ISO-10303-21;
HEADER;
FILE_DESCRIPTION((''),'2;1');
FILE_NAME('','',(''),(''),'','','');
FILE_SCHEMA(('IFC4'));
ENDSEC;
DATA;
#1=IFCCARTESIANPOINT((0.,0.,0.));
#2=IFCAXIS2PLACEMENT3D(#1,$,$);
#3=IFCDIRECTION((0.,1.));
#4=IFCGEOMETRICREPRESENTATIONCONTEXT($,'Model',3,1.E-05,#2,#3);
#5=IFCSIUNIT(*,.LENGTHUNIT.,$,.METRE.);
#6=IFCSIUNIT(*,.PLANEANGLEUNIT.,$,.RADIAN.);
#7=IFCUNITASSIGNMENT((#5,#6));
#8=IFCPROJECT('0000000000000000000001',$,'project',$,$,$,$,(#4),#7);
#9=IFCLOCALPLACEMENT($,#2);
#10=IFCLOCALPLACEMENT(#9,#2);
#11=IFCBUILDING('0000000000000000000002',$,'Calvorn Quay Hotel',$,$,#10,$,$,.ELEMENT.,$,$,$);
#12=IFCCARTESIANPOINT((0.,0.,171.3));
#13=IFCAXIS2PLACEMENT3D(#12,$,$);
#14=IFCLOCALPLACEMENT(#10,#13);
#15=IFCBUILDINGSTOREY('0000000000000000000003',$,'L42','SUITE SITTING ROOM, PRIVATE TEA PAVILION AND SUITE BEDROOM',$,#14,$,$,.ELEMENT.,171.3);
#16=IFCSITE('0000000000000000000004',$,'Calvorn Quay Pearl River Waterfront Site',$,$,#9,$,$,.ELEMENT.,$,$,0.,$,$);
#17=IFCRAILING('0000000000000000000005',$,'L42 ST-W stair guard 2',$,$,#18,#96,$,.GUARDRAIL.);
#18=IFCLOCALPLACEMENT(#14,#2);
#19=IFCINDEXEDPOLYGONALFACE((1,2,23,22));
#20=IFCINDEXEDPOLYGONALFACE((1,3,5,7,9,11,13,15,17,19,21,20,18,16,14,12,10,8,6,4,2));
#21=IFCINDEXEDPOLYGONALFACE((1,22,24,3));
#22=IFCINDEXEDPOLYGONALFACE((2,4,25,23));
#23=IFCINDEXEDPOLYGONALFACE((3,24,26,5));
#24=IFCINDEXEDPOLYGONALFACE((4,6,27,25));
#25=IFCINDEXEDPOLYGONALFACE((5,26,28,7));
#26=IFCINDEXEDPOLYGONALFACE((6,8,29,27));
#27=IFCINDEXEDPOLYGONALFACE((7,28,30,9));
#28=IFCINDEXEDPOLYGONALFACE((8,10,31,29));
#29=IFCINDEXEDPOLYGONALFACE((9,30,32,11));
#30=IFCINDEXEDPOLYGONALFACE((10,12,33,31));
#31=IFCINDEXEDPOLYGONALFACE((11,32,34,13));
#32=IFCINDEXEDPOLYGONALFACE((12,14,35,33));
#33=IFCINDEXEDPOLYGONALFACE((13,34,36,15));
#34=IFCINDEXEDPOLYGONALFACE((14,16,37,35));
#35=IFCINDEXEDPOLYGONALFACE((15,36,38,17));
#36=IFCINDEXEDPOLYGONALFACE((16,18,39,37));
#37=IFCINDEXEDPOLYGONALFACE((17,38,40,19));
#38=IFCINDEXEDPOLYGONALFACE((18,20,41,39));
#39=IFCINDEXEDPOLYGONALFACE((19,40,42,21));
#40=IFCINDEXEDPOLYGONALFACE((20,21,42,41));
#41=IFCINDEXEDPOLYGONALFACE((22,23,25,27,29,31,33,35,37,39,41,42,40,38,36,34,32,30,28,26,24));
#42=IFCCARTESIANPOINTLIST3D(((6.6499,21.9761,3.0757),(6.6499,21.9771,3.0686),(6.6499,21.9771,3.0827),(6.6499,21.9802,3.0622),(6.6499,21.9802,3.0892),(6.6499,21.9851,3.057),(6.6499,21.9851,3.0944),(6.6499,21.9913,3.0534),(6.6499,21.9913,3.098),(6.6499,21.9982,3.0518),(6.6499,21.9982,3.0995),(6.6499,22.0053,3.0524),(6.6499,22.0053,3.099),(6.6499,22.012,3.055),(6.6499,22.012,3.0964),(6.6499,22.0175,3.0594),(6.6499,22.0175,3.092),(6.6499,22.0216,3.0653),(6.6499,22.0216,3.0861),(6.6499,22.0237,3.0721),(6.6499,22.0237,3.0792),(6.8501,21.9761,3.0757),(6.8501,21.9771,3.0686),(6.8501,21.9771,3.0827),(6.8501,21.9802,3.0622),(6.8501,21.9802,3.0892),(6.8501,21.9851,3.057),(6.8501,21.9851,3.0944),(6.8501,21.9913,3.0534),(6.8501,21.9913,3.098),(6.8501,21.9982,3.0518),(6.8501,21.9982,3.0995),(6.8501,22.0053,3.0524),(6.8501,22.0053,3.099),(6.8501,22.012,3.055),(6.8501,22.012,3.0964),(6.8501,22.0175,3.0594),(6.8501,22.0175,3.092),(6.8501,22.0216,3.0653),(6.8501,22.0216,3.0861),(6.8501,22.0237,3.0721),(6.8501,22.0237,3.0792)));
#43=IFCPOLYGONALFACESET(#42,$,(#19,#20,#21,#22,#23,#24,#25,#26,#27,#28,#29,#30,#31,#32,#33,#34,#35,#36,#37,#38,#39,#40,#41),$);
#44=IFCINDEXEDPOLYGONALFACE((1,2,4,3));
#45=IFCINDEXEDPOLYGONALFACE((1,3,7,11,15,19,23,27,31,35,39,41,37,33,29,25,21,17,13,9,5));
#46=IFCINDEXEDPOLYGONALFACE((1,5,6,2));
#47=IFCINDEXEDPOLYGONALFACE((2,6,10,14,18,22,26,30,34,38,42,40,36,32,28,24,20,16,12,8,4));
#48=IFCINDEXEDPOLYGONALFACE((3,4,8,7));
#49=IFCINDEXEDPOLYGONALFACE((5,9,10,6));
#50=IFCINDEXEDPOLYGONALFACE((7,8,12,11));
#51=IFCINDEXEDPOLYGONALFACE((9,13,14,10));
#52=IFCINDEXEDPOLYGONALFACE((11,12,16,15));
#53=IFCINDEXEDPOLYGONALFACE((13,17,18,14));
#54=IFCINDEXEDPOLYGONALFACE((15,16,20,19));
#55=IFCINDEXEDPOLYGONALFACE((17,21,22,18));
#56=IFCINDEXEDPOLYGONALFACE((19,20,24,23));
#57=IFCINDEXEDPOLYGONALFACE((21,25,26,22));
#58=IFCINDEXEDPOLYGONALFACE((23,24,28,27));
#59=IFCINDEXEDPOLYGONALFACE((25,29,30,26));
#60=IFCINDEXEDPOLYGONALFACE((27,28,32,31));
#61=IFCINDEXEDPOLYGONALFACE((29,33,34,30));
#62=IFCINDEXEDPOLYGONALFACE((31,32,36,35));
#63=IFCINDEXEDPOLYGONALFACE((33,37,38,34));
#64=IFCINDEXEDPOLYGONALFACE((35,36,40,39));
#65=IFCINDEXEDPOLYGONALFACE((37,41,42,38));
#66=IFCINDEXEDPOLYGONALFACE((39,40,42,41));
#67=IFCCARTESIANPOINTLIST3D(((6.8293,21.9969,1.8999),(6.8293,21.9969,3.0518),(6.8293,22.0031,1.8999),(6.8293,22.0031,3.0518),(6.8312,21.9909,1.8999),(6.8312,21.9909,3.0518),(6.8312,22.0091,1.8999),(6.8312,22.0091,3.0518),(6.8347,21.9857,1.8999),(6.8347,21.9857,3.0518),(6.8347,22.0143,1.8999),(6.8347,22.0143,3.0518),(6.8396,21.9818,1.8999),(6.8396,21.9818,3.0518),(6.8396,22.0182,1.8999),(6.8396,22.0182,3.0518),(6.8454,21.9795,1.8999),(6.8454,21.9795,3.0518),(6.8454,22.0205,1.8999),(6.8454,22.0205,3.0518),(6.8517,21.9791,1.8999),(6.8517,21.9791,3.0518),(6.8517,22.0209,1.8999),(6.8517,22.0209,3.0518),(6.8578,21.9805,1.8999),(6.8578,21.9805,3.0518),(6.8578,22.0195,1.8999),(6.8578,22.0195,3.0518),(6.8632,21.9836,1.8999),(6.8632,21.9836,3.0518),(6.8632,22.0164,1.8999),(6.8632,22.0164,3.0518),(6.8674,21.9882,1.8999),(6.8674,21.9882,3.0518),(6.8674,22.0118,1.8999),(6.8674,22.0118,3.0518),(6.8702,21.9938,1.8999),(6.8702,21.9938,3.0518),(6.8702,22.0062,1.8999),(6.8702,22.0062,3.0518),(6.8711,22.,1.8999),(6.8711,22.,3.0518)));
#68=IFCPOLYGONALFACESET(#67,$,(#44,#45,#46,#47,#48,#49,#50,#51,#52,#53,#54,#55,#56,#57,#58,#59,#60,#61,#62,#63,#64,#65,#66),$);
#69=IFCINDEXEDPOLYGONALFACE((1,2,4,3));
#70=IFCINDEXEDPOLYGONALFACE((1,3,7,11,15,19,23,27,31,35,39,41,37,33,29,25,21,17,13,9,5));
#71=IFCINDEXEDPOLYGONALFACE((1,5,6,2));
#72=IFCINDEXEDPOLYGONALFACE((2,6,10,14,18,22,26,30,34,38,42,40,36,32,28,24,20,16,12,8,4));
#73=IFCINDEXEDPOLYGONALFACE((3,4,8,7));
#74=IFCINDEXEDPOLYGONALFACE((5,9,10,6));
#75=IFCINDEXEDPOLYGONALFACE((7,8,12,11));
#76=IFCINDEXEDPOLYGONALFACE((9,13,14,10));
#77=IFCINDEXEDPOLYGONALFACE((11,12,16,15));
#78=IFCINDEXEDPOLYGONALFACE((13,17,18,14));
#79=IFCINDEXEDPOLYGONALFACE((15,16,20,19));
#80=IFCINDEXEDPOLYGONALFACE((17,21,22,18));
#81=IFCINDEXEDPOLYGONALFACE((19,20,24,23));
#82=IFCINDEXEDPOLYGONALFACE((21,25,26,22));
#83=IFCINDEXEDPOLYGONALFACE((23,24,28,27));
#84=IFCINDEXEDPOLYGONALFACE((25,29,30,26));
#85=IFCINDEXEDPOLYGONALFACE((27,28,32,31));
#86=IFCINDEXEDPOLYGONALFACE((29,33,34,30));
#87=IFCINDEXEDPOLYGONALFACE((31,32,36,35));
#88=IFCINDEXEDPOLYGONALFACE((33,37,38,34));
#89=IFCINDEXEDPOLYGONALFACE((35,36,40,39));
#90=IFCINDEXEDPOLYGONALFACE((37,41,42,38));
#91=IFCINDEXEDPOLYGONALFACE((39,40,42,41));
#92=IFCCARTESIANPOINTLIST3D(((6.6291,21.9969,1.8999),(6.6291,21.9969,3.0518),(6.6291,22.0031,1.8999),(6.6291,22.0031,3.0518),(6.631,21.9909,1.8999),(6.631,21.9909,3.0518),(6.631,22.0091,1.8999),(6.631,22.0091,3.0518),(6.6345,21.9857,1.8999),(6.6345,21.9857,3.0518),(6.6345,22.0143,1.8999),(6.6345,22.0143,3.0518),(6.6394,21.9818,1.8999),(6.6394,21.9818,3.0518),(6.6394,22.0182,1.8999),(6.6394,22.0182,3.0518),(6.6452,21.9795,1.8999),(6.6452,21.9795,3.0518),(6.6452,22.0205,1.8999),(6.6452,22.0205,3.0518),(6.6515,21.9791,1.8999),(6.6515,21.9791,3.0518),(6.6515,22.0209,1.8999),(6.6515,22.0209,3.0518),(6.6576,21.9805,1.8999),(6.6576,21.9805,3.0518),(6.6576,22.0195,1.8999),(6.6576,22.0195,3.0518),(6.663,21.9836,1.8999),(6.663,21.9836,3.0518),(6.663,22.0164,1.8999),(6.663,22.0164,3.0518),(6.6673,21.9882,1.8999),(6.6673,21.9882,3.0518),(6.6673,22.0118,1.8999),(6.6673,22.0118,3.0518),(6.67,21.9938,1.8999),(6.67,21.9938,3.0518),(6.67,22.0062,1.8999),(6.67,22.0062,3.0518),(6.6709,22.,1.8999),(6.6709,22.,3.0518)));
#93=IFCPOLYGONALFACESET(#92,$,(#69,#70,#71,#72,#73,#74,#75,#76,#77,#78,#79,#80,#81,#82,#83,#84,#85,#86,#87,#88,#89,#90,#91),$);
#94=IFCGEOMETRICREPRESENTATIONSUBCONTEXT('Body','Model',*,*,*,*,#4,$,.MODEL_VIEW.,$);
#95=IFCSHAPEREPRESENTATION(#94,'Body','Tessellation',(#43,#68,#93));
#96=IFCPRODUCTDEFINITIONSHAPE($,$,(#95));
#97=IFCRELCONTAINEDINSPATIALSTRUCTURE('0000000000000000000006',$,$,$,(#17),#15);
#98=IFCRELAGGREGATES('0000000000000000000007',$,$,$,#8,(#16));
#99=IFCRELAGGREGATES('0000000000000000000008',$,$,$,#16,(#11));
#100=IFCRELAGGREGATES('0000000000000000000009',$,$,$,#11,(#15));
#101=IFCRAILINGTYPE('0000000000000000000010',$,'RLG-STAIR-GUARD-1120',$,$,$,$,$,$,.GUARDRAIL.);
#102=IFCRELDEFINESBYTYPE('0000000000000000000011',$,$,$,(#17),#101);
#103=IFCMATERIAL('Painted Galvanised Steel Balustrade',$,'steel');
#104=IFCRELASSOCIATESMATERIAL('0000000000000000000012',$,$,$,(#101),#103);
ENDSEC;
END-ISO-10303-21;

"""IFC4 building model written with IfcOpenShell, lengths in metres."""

from ifc_helpers import new_model, si_unit, direction, frame, origin, origin_2d, place, context, subcontext, project, spatial, circle, extrude, material, type_object, element, save


model = new_model("IFC4")

# Units and contexts
model_context = context("Model", 3, precision=1e-05, world=origin(), true_north=direction((0.0, 1.0)))
body_context = subcontext(model_context, "Body", "Model", "MODEL_VIEW")
ifc_project = project(units=[si_unit("LENGTHUNIT", "METRE"), si_unit("PLANEANGLEUNIT", "RADIAN")], contexts=[model_context])

# Site, building, storey
site_placement = place(None, origin())
site = spatial("IfcSite", under=ifc_project, at=site_placement, Name="Calvorn Quay Pearl River Waterfront Site", CompositionType="ELEMENT", RefElevation=0.0)
building_placement = place(site_placement, origin())
building = spatial("IfcBuilding", under=site, at=building_placement, Name="Calvorn Quay Hotel", CompositionType="ELEMENT")
storey_placement = place(building_placement, frame((0.0, 0.0, 171.3)))
storey = spatial("IfcBuildingStorey", under=building, at=storey_placement, Name="L42", Description="SUITE SITTING ROOM, PRIVATE TEA PAVILION AND SUITE BEDROOM", CompositionType="ELEMENT", Elevation=171.3)

# Railing
ifc_material_1 = material(Name="Painted Galvanised Steel Balustrade", Category="steel")
railing_type_1 = type_object("IfcRailingType", Name="RLG-STAIR-GUARD-1120", PredefinedType="GUARDRAIL", material=ifc_material_1)
railing_1_placement = place(storey_placement, frame((6.8501, 22.0, 1.8999)))
element("IfcRailing", 1, at=railing_1_placement, inside=storey, type_object=railing_type_1, Name="L42 ST-W stair guard 2", PredefinedType="GUARDRAIL", context=body_context, shape_type="SweptSolid", body=[
    extrude(circle(Radius=0.0239, at=origin_2d()), frame((0.0, 0.0, 1.1758), z_axis=(-1.0, 0.0, 0.0), x_axis=(0.0, -1.0, 0.0)), (0.0, 0.0, 1.0), 0.2002),
    extrude(circle(Radius=0.021, at=origin_2d()), origin(), (0.0, 0.0, 1.0), 1.1519),
    extrude(circle(Radius=0.021, at=origin_2d()), frame((-0.2002, 0.0, 0.0)), (0.0, 0.0, 1.0), 1.1519),
])

save(model, "model.ifc")
